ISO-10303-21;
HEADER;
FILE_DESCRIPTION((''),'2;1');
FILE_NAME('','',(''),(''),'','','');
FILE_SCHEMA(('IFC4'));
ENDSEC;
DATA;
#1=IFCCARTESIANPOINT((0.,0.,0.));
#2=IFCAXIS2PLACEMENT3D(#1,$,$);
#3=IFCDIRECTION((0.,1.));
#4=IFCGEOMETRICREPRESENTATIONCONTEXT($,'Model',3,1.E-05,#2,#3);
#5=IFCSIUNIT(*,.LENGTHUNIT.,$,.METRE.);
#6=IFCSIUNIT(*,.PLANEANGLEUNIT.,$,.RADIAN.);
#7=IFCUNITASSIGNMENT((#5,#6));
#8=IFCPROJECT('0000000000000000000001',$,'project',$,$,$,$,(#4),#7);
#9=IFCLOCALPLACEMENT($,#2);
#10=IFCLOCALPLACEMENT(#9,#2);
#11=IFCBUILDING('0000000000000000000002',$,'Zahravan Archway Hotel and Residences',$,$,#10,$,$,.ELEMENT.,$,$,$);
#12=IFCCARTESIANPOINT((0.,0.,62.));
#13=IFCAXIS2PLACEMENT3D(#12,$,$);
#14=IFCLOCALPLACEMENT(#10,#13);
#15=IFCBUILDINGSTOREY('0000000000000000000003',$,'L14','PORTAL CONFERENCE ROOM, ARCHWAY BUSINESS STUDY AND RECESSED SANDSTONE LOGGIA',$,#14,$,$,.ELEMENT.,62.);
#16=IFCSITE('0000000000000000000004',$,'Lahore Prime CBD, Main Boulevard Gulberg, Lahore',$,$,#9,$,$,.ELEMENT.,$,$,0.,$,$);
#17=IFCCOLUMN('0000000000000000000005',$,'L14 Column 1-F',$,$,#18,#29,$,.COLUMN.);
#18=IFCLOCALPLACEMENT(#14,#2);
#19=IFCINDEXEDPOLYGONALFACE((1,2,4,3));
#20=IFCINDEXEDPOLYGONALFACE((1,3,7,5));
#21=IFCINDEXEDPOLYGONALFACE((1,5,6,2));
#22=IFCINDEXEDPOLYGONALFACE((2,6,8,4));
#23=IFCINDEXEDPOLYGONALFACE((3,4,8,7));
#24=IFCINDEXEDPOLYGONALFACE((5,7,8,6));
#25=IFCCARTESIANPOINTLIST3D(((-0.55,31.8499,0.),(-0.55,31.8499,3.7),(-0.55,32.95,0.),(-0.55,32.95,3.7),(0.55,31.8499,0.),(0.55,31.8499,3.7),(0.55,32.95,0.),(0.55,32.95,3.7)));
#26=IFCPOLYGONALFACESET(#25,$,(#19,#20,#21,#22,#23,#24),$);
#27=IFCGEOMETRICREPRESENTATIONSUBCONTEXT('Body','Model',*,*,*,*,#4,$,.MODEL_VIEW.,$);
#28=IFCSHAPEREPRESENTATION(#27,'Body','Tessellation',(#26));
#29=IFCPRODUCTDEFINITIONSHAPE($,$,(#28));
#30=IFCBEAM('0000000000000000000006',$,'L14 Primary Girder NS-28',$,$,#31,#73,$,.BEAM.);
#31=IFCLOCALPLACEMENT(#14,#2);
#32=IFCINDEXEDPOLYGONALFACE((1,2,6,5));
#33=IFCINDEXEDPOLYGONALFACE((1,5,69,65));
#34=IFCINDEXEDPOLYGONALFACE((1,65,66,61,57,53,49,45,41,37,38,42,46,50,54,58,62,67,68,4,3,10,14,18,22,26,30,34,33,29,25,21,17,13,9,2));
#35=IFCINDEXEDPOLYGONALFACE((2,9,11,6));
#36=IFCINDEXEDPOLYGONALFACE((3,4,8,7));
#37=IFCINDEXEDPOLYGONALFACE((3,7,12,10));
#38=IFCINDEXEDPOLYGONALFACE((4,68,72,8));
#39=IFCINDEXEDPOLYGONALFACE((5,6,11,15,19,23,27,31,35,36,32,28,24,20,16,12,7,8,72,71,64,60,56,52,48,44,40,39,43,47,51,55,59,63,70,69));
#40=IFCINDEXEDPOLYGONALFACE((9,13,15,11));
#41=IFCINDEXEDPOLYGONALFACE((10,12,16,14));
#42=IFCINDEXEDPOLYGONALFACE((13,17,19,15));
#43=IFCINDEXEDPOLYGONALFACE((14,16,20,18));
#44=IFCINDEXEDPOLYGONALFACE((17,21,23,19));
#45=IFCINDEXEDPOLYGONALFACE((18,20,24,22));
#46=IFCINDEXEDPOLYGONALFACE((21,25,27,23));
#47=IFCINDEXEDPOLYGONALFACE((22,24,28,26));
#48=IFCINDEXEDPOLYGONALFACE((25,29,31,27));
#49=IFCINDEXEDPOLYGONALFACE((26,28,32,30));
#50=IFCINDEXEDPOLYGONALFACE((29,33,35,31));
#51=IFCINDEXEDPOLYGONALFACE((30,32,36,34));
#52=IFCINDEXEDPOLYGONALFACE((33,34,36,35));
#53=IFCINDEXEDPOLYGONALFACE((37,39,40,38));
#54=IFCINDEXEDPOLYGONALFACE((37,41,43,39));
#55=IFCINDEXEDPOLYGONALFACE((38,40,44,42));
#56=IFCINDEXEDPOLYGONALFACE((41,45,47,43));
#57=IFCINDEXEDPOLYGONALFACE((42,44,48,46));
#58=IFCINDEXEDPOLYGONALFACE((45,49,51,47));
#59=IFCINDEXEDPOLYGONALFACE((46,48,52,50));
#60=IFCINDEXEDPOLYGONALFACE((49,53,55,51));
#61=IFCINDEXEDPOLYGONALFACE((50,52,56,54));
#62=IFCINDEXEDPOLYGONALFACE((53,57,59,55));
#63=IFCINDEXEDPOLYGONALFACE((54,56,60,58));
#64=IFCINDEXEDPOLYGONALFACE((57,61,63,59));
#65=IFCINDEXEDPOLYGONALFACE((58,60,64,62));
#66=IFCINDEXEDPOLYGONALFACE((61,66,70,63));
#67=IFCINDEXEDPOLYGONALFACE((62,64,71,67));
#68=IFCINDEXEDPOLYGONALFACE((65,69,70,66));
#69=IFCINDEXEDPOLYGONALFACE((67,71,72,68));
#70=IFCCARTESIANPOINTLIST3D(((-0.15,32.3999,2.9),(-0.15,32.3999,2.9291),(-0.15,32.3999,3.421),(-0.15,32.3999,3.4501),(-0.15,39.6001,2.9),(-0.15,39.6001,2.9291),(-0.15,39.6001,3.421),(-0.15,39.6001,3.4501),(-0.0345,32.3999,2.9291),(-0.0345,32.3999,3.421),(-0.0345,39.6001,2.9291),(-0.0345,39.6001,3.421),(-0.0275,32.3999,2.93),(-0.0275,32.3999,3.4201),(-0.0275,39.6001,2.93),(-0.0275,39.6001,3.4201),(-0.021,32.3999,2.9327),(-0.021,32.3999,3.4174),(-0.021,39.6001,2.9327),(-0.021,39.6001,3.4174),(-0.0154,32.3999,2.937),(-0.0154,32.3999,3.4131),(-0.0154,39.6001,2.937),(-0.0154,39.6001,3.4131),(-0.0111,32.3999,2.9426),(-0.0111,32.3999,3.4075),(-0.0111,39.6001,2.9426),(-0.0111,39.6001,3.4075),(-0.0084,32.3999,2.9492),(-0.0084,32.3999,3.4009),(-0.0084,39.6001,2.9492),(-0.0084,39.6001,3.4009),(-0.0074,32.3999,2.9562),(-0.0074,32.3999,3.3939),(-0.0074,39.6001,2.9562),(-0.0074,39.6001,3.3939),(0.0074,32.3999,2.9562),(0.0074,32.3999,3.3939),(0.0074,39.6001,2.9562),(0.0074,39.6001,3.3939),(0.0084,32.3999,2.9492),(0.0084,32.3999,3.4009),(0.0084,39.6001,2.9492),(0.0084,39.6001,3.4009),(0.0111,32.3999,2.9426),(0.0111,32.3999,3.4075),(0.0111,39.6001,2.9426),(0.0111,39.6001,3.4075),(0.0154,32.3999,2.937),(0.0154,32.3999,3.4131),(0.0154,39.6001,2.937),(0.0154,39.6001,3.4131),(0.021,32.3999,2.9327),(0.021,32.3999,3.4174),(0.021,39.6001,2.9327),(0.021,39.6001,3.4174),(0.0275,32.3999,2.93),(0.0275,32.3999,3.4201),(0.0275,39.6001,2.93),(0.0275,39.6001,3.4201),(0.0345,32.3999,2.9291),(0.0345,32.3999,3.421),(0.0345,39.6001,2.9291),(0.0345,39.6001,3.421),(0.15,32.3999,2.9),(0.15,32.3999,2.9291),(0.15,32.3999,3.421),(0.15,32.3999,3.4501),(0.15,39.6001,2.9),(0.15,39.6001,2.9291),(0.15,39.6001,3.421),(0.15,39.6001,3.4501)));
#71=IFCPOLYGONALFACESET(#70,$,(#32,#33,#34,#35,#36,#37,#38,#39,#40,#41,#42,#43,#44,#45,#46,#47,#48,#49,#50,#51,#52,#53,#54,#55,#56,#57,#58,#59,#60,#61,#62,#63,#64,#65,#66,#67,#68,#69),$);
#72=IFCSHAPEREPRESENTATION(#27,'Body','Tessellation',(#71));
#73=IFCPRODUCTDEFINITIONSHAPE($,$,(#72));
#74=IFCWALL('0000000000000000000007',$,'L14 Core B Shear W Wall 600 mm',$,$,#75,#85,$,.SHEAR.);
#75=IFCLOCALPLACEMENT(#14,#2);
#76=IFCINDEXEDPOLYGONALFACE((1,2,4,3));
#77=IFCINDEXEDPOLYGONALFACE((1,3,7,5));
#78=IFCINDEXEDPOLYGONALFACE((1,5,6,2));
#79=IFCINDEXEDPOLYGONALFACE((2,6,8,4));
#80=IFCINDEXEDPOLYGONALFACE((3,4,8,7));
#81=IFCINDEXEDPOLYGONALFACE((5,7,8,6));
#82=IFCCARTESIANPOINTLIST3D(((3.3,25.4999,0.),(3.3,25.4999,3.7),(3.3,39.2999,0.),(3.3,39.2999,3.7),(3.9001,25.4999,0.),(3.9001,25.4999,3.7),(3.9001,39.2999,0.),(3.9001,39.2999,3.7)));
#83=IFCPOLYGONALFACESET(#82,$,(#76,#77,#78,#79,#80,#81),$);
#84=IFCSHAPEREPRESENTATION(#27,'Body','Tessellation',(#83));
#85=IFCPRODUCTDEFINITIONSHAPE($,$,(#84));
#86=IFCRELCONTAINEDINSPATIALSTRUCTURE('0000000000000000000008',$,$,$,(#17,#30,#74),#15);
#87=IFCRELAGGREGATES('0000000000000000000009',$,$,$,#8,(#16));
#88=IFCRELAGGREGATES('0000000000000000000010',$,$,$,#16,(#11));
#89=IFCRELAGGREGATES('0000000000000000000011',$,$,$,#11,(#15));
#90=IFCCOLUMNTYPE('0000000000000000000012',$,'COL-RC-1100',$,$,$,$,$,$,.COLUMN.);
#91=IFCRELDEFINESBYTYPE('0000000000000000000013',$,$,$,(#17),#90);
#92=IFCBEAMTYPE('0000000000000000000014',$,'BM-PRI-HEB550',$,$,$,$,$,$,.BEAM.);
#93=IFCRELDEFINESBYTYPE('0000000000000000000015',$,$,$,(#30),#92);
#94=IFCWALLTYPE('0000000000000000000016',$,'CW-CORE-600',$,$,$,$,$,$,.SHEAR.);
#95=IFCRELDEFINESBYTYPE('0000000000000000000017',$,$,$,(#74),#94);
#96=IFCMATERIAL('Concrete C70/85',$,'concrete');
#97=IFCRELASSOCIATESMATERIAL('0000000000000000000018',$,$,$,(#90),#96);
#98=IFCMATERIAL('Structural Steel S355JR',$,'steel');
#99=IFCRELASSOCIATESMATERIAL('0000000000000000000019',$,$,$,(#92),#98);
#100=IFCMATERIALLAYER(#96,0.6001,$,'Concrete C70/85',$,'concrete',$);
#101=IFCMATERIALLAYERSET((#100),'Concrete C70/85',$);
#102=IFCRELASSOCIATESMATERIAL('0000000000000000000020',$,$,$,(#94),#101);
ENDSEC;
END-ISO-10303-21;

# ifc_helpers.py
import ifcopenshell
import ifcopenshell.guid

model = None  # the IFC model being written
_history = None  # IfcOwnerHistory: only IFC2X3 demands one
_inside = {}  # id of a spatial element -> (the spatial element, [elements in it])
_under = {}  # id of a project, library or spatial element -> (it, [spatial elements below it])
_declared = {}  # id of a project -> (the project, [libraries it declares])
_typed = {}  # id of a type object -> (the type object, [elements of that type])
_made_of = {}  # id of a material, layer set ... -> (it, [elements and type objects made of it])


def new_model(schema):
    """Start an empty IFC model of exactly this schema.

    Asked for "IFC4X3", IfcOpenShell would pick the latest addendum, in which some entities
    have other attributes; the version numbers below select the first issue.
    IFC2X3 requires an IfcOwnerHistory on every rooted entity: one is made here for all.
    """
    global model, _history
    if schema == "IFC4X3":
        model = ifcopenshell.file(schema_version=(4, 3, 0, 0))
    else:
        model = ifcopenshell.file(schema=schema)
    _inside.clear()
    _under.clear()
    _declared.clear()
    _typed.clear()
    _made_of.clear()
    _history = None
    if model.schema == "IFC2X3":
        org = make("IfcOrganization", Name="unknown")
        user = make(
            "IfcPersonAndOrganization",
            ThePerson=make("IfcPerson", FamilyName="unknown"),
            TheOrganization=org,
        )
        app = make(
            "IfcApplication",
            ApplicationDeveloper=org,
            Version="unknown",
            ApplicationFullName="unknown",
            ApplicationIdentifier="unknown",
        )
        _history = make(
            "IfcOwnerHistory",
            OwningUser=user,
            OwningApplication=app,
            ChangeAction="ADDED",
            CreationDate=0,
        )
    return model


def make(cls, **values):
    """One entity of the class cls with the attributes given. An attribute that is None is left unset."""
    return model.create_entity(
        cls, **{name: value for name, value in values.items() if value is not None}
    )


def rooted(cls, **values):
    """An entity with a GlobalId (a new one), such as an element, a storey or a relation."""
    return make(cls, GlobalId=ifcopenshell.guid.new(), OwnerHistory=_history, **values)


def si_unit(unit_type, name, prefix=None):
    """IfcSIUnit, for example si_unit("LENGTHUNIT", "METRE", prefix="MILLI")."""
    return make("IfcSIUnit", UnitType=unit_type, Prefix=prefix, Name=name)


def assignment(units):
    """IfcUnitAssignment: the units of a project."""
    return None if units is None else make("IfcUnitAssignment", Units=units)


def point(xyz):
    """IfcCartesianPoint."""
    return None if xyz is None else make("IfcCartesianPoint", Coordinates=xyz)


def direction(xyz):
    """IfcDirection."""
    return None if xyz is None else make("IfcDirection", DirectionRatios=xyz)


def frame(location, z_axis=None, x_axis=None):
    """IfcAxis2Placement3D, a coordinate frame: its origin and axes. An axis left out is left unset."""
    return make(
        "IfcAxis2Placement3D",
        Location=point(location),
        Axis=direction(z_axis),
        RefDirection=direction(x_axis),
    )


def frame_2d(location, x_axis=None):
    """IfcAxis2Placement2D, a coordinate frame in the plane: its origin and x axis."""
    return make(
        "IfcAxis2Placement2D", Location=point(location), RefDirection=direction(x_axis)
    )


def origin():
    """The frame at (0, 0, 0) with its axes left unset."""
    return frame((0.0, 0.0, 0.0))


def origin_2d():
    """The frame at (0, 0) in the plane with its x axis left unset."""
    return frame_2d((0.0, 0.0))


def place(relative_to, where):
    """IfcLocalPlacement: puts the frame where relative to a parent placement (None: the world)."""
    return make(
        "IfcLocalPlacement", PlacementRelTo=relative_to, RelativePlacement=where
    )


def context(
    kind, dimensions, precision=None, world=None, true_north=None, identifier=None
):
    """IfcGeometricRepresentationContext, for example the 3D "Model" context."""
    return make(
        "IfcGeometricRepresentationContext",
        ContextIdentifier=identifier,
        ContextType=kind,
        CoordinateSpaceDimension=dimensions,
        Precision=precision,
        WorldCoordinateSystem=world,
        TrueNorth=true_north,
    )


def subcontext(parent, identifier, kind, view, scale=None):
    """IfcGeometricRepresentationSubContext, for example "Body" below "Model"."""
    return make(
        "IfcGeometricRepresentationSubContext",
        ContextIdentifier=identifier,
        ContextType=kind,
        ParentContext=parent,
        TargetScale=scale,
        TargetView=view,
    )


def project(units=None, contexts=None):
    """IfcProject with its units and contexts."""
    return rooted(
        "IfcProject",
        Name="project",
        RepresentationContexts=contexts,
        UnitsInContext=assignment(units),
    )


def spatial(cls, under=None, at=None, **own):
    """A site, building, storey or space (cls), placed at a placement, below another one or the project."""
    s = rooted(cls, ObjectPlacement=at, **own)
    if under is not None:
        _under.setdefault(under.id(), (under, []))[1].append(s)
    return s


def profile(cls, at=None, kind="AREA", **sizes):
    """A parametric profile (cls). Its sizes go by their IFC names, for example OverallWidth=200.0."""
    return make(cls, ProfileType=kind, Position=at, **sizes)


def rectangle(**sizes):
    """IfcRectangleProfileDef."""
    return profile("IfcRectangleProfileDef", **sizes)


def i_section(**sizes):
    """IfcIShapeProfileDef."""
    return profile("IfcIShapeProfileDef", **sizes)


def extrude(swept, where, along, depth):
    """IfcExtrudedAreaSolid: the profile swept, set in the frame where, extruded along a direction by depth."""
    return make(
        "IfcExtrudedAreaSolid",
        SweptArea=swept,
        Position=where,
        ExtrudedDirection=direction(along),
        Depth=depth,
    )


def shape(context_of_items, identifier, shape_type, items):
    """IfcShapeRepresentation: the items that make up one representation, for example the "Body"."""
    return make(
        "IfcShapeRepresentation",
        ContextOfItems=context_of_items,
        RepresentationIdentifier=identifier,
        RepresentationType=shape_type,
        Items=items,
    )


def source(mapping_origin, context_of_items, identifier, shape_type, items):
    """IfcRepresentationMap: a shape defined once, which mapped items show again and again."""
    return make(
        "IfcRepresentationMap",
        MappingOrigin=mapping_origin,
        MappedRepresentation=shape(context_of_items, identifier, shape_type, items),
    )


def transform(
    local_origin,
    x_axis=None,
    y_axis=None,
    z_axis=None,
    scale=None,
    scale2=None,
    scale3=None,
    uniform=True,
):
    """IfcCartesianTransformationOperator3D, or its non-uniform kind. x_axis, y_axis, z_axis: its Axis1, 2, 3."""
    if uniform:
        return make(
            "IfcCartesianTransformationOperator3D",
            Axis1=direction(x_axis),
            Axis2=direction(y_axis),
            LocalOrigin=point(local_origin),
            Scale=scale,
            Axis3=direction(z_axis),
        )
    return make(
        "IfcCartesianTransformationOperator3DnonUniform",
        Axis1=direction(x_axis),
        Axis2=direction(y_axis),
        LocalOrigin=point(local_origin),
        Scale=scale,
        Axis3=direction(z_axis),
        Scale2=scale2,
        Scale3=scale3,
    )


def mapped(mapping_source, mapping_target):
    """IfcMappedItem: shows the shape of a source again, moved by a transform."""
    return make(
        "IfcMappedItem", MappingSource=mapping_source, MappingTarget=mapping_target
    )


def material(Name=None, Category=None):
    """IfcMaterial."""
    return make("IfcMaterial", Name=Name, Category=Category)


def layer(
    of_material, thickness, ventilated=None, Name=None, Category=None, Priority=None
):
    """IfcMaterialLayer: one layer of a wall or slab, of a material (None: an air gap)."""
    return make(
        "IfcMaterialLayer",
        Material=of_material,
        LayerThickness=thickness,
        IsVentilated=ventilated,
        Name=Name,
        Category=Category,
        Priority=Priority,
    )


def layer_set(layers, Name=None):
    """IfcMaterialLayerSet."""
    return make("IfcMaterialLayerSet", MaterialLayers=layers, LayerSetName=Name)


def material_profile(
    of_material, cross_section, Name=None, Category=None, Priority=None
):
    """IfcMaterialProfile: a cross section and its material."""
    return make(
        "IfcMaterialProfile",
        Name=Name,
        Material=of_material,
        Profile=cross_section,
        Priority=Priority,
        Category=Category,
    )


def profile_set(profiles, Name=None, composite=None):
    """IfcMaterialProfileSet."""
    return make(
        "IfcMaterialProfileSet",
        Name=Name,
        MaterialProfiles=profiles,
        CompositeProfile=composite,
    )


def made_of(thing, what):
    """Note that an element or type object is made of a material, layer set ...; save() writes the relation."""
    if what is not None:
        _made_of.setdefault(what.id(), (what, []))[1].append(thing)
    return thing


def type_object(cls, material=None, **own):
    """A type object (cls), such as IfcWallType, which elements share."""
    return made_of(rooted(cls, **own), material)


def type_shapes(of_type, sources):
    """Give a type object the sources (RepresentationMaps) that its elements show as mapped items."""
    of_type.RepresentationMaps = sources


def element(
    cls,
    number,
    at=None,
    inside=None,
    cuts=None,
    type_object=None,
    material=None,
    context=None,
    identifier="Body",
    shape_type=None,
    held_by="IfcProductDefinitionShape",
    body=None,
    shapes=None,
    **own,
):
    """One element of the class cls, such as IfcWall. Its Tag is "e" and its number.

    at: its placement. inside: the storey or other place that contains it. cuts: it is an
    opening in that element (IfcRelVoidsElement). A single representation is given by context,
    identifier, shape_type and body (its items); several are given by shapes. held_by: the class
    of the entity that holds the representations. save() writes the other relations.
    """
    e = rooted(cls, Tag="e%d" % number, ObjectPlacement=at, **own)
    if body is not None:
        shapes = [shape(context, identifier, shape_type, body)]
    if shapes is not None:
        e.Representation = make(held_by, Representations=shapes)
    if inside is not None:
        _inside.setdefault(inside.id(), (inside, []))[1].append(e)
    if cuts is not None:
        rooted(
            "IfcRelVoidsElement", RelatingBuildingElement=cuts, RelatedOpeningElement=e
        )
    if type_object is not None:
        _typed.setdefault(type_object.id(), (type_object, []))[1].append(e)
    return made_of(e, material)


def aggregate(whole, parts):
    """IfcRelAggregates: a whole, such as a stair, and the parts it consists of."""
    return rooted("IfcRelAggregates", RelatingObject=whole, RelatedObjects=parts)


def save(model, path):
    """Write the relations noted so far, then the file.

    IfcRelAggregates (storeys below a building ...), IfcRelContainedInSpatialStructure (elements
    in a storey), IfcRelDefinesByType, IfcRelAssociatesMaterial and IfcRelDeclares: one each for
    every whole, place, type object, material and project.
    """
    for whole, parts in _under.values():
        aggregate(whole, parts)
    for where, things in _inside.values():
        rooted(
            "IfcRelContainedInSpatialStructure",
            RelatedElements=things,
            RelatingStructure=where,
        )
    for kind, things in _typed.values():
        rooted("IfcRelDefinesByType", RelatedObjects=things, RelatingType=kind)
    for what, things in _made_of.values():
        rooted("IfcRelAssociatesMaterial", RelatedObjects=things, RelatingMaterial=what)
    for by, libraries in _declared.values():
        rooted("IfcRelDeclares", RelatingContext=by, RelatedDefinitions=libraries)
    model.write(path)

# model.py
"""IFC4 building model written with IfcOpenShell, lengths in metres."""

from ifc_helpers import new_model, si_unit, direction, frame, frame_2d, origin, origin_2d, place, context, subcontext, project, spatial, rectangle, i_section, extrude, source, transform, mapped, material, layer, layer_set, material_profile, profile_set, type_object, type_shapes, element, save


model = new_model("IFC4")

# Units and contexts
model_context = context("Model", 3, precision=1e-05, world=origin(), true_north=direction((0.0, 1.0)))
body_context = subcontext(model_context, "Body", "Model", "MODEL_VIEW")
ifc_project = project(units=[si_unit("LENGTHUNIT", "METRE"), si_unit("PLANEANGLEUNIT", "RADIAN")], contexts=[model_context])

# Site, building, storey
site_placement = place(None, origin())
site = spatial("IfcSite", under=ifc_project, at=site_placement, Name="Lahore Prime CBD, Main Boulevard Gulberg, Lahore", CompositionType="ELEMENT", RefElevation=0.0)
building_placement = place(site_placement, origin())
building = spatial("IfcBuilding", under=site, at=building_placement, Name="Zahravan Archway Hotel and Residences", CompositionType="ELEMENT")
storey_placement = place(building_placement, frame((0.0, 0.0, 62.0)))
storey = spatial("IfcBuildingStorey", under=building, at=storey_placement, Name="L14", Description="PORTAL CONFERENCE ROOM, ARCHWAY BUSINESS STUDY AND RECESSED SANDSTONE LOGGIA", CompositionType="ELEMENT", Elevation=62.0)

# Column
ifc_material_1 = material(Name="Concrete C70/85", Category="concrete")
ifc_material_profile_1 = material_profile(ifc_material_1, rectangle(XDim=1.1001, YDim=1.1001, at=origin_2d()), Name="RC 1100x1100", Category="concrete")
ifc_profile_set_1 = profile_set([ifc_material_profile_1], Name="Concrete C70/85")
column_type = type_object("IfcColumnType", Name="COL-RC-1100", PredefinedType="COLUMN", material=ifc_profile_set_1)
shared_shape_1 = source(origin(), body_context, "Body", "SweptSolid", [
    extrude(rectangle(XDim=1.1001, YDim=1.1001, at=origin_2d()), origin(), (0.0, 0.0, 1.0), 3.7),
])
column_placement = place(storey_placement, frame((0.0, 32.3999, 0.0), z_axis=(0.0, 0.0, 1.0), x_axis=(1.0, 0.0, 0.0)))
element("IfcColumn", 1, at=column_placement, inside=storey, type_object=column_type, Name="L14 Column 1-F", PredefinedType="COLUMN", context=body_context, shape_type="MappedRepresentation", body=[
    mapped(shared_shape_1, transform((0.0, 0.0, 0.0), scale=1.0)),
])

# Beam
ifc_material_2 = material(Name="Structural Steel S355JR", Category="steel")
ifc_material_profile_2 = material_profile(ifc_material_2, i_section(OverallWidth=0.3, OverallDepth=0.55, WebThickness=0.0149, FlangeThickness=0.0291, FilletRadius=0.0271, at=origin_2d()), Name="HEB 550", Category="steel")
ifc_profile_set_2 = profile_set([ifc_material_profile_2], Name="Structural Steel S355JR")
beam_type = type_object("IfcBeamType", Name="BM-PRI-HEB550", PredefinedType="BEAM", material=ifc_profile_set_2)
shared_shape_2 = source(origin(), body_context, "Body", "SweptSolid", [
    extrude(i_section(OverallWidth=0.3, OverallDepth=0.55, WebThickness=0.0149, FlangeThickness=0.0291, FilletRadius=0.0271, at=origin_2d()), origin(), (0.0, 0.0, 1.0), 7.2002),
])
type_shapes(beam_type, [shared_shape_2])
beam_placement = place(storey_placement, frame((0.0, 32.3999, 3.175), z_axis=(0.0, 1.0, 0.0), x_axis=(-1.0, 0.0, 0.0)))
element("IfcBeam", 2, at=beam_placement, inside=storey, type_object=beam_type, Name="L14 Primary Girder NS-28", PredefinedType="BEAM", context=body_context, shape_type="MappedRepresentation", body=[
    mapped(shared_shape_2, transform((0.0, 0.0, 0.0), scale=1.0)),
])

# Wall
ifc_layer_1 = layer(ifc_material_1, 0.6001, Name="Concrete C70/85", Category="concrete")
ifc_layer_set_1 = layer_set([ifc_layer_1], Name="Concrete C70/85")
wall_type_1 = type_object("IfcWallType", Name="CW-CORE-600", PredefinedType="SHEAR", material=ifc_layer_set_1)
wall_1_placement = place(storey_placement, frame((3.6001, 25.5, 0.0), z_axis=(0.0, 0.0, 1.0), x_axis=(0.0, 1.0, 0.0)))
element("IfcWall", 3, at=wall_1_placement, inside=storey, type_object=wall_type_1, Name="L14 Core B Shear W Wall 600 mm", PredefinedType="SHEAR", context=body_context, shape_type="SweptSolid", body=[
    extrude(rectangle(XDim=13.8, YDim=0.6001, at=frame_2d((6.8999, 0.0))), origin(), (0.0, 0.0, 1.0), 3.7),
])

save(model, "model.ifc")
